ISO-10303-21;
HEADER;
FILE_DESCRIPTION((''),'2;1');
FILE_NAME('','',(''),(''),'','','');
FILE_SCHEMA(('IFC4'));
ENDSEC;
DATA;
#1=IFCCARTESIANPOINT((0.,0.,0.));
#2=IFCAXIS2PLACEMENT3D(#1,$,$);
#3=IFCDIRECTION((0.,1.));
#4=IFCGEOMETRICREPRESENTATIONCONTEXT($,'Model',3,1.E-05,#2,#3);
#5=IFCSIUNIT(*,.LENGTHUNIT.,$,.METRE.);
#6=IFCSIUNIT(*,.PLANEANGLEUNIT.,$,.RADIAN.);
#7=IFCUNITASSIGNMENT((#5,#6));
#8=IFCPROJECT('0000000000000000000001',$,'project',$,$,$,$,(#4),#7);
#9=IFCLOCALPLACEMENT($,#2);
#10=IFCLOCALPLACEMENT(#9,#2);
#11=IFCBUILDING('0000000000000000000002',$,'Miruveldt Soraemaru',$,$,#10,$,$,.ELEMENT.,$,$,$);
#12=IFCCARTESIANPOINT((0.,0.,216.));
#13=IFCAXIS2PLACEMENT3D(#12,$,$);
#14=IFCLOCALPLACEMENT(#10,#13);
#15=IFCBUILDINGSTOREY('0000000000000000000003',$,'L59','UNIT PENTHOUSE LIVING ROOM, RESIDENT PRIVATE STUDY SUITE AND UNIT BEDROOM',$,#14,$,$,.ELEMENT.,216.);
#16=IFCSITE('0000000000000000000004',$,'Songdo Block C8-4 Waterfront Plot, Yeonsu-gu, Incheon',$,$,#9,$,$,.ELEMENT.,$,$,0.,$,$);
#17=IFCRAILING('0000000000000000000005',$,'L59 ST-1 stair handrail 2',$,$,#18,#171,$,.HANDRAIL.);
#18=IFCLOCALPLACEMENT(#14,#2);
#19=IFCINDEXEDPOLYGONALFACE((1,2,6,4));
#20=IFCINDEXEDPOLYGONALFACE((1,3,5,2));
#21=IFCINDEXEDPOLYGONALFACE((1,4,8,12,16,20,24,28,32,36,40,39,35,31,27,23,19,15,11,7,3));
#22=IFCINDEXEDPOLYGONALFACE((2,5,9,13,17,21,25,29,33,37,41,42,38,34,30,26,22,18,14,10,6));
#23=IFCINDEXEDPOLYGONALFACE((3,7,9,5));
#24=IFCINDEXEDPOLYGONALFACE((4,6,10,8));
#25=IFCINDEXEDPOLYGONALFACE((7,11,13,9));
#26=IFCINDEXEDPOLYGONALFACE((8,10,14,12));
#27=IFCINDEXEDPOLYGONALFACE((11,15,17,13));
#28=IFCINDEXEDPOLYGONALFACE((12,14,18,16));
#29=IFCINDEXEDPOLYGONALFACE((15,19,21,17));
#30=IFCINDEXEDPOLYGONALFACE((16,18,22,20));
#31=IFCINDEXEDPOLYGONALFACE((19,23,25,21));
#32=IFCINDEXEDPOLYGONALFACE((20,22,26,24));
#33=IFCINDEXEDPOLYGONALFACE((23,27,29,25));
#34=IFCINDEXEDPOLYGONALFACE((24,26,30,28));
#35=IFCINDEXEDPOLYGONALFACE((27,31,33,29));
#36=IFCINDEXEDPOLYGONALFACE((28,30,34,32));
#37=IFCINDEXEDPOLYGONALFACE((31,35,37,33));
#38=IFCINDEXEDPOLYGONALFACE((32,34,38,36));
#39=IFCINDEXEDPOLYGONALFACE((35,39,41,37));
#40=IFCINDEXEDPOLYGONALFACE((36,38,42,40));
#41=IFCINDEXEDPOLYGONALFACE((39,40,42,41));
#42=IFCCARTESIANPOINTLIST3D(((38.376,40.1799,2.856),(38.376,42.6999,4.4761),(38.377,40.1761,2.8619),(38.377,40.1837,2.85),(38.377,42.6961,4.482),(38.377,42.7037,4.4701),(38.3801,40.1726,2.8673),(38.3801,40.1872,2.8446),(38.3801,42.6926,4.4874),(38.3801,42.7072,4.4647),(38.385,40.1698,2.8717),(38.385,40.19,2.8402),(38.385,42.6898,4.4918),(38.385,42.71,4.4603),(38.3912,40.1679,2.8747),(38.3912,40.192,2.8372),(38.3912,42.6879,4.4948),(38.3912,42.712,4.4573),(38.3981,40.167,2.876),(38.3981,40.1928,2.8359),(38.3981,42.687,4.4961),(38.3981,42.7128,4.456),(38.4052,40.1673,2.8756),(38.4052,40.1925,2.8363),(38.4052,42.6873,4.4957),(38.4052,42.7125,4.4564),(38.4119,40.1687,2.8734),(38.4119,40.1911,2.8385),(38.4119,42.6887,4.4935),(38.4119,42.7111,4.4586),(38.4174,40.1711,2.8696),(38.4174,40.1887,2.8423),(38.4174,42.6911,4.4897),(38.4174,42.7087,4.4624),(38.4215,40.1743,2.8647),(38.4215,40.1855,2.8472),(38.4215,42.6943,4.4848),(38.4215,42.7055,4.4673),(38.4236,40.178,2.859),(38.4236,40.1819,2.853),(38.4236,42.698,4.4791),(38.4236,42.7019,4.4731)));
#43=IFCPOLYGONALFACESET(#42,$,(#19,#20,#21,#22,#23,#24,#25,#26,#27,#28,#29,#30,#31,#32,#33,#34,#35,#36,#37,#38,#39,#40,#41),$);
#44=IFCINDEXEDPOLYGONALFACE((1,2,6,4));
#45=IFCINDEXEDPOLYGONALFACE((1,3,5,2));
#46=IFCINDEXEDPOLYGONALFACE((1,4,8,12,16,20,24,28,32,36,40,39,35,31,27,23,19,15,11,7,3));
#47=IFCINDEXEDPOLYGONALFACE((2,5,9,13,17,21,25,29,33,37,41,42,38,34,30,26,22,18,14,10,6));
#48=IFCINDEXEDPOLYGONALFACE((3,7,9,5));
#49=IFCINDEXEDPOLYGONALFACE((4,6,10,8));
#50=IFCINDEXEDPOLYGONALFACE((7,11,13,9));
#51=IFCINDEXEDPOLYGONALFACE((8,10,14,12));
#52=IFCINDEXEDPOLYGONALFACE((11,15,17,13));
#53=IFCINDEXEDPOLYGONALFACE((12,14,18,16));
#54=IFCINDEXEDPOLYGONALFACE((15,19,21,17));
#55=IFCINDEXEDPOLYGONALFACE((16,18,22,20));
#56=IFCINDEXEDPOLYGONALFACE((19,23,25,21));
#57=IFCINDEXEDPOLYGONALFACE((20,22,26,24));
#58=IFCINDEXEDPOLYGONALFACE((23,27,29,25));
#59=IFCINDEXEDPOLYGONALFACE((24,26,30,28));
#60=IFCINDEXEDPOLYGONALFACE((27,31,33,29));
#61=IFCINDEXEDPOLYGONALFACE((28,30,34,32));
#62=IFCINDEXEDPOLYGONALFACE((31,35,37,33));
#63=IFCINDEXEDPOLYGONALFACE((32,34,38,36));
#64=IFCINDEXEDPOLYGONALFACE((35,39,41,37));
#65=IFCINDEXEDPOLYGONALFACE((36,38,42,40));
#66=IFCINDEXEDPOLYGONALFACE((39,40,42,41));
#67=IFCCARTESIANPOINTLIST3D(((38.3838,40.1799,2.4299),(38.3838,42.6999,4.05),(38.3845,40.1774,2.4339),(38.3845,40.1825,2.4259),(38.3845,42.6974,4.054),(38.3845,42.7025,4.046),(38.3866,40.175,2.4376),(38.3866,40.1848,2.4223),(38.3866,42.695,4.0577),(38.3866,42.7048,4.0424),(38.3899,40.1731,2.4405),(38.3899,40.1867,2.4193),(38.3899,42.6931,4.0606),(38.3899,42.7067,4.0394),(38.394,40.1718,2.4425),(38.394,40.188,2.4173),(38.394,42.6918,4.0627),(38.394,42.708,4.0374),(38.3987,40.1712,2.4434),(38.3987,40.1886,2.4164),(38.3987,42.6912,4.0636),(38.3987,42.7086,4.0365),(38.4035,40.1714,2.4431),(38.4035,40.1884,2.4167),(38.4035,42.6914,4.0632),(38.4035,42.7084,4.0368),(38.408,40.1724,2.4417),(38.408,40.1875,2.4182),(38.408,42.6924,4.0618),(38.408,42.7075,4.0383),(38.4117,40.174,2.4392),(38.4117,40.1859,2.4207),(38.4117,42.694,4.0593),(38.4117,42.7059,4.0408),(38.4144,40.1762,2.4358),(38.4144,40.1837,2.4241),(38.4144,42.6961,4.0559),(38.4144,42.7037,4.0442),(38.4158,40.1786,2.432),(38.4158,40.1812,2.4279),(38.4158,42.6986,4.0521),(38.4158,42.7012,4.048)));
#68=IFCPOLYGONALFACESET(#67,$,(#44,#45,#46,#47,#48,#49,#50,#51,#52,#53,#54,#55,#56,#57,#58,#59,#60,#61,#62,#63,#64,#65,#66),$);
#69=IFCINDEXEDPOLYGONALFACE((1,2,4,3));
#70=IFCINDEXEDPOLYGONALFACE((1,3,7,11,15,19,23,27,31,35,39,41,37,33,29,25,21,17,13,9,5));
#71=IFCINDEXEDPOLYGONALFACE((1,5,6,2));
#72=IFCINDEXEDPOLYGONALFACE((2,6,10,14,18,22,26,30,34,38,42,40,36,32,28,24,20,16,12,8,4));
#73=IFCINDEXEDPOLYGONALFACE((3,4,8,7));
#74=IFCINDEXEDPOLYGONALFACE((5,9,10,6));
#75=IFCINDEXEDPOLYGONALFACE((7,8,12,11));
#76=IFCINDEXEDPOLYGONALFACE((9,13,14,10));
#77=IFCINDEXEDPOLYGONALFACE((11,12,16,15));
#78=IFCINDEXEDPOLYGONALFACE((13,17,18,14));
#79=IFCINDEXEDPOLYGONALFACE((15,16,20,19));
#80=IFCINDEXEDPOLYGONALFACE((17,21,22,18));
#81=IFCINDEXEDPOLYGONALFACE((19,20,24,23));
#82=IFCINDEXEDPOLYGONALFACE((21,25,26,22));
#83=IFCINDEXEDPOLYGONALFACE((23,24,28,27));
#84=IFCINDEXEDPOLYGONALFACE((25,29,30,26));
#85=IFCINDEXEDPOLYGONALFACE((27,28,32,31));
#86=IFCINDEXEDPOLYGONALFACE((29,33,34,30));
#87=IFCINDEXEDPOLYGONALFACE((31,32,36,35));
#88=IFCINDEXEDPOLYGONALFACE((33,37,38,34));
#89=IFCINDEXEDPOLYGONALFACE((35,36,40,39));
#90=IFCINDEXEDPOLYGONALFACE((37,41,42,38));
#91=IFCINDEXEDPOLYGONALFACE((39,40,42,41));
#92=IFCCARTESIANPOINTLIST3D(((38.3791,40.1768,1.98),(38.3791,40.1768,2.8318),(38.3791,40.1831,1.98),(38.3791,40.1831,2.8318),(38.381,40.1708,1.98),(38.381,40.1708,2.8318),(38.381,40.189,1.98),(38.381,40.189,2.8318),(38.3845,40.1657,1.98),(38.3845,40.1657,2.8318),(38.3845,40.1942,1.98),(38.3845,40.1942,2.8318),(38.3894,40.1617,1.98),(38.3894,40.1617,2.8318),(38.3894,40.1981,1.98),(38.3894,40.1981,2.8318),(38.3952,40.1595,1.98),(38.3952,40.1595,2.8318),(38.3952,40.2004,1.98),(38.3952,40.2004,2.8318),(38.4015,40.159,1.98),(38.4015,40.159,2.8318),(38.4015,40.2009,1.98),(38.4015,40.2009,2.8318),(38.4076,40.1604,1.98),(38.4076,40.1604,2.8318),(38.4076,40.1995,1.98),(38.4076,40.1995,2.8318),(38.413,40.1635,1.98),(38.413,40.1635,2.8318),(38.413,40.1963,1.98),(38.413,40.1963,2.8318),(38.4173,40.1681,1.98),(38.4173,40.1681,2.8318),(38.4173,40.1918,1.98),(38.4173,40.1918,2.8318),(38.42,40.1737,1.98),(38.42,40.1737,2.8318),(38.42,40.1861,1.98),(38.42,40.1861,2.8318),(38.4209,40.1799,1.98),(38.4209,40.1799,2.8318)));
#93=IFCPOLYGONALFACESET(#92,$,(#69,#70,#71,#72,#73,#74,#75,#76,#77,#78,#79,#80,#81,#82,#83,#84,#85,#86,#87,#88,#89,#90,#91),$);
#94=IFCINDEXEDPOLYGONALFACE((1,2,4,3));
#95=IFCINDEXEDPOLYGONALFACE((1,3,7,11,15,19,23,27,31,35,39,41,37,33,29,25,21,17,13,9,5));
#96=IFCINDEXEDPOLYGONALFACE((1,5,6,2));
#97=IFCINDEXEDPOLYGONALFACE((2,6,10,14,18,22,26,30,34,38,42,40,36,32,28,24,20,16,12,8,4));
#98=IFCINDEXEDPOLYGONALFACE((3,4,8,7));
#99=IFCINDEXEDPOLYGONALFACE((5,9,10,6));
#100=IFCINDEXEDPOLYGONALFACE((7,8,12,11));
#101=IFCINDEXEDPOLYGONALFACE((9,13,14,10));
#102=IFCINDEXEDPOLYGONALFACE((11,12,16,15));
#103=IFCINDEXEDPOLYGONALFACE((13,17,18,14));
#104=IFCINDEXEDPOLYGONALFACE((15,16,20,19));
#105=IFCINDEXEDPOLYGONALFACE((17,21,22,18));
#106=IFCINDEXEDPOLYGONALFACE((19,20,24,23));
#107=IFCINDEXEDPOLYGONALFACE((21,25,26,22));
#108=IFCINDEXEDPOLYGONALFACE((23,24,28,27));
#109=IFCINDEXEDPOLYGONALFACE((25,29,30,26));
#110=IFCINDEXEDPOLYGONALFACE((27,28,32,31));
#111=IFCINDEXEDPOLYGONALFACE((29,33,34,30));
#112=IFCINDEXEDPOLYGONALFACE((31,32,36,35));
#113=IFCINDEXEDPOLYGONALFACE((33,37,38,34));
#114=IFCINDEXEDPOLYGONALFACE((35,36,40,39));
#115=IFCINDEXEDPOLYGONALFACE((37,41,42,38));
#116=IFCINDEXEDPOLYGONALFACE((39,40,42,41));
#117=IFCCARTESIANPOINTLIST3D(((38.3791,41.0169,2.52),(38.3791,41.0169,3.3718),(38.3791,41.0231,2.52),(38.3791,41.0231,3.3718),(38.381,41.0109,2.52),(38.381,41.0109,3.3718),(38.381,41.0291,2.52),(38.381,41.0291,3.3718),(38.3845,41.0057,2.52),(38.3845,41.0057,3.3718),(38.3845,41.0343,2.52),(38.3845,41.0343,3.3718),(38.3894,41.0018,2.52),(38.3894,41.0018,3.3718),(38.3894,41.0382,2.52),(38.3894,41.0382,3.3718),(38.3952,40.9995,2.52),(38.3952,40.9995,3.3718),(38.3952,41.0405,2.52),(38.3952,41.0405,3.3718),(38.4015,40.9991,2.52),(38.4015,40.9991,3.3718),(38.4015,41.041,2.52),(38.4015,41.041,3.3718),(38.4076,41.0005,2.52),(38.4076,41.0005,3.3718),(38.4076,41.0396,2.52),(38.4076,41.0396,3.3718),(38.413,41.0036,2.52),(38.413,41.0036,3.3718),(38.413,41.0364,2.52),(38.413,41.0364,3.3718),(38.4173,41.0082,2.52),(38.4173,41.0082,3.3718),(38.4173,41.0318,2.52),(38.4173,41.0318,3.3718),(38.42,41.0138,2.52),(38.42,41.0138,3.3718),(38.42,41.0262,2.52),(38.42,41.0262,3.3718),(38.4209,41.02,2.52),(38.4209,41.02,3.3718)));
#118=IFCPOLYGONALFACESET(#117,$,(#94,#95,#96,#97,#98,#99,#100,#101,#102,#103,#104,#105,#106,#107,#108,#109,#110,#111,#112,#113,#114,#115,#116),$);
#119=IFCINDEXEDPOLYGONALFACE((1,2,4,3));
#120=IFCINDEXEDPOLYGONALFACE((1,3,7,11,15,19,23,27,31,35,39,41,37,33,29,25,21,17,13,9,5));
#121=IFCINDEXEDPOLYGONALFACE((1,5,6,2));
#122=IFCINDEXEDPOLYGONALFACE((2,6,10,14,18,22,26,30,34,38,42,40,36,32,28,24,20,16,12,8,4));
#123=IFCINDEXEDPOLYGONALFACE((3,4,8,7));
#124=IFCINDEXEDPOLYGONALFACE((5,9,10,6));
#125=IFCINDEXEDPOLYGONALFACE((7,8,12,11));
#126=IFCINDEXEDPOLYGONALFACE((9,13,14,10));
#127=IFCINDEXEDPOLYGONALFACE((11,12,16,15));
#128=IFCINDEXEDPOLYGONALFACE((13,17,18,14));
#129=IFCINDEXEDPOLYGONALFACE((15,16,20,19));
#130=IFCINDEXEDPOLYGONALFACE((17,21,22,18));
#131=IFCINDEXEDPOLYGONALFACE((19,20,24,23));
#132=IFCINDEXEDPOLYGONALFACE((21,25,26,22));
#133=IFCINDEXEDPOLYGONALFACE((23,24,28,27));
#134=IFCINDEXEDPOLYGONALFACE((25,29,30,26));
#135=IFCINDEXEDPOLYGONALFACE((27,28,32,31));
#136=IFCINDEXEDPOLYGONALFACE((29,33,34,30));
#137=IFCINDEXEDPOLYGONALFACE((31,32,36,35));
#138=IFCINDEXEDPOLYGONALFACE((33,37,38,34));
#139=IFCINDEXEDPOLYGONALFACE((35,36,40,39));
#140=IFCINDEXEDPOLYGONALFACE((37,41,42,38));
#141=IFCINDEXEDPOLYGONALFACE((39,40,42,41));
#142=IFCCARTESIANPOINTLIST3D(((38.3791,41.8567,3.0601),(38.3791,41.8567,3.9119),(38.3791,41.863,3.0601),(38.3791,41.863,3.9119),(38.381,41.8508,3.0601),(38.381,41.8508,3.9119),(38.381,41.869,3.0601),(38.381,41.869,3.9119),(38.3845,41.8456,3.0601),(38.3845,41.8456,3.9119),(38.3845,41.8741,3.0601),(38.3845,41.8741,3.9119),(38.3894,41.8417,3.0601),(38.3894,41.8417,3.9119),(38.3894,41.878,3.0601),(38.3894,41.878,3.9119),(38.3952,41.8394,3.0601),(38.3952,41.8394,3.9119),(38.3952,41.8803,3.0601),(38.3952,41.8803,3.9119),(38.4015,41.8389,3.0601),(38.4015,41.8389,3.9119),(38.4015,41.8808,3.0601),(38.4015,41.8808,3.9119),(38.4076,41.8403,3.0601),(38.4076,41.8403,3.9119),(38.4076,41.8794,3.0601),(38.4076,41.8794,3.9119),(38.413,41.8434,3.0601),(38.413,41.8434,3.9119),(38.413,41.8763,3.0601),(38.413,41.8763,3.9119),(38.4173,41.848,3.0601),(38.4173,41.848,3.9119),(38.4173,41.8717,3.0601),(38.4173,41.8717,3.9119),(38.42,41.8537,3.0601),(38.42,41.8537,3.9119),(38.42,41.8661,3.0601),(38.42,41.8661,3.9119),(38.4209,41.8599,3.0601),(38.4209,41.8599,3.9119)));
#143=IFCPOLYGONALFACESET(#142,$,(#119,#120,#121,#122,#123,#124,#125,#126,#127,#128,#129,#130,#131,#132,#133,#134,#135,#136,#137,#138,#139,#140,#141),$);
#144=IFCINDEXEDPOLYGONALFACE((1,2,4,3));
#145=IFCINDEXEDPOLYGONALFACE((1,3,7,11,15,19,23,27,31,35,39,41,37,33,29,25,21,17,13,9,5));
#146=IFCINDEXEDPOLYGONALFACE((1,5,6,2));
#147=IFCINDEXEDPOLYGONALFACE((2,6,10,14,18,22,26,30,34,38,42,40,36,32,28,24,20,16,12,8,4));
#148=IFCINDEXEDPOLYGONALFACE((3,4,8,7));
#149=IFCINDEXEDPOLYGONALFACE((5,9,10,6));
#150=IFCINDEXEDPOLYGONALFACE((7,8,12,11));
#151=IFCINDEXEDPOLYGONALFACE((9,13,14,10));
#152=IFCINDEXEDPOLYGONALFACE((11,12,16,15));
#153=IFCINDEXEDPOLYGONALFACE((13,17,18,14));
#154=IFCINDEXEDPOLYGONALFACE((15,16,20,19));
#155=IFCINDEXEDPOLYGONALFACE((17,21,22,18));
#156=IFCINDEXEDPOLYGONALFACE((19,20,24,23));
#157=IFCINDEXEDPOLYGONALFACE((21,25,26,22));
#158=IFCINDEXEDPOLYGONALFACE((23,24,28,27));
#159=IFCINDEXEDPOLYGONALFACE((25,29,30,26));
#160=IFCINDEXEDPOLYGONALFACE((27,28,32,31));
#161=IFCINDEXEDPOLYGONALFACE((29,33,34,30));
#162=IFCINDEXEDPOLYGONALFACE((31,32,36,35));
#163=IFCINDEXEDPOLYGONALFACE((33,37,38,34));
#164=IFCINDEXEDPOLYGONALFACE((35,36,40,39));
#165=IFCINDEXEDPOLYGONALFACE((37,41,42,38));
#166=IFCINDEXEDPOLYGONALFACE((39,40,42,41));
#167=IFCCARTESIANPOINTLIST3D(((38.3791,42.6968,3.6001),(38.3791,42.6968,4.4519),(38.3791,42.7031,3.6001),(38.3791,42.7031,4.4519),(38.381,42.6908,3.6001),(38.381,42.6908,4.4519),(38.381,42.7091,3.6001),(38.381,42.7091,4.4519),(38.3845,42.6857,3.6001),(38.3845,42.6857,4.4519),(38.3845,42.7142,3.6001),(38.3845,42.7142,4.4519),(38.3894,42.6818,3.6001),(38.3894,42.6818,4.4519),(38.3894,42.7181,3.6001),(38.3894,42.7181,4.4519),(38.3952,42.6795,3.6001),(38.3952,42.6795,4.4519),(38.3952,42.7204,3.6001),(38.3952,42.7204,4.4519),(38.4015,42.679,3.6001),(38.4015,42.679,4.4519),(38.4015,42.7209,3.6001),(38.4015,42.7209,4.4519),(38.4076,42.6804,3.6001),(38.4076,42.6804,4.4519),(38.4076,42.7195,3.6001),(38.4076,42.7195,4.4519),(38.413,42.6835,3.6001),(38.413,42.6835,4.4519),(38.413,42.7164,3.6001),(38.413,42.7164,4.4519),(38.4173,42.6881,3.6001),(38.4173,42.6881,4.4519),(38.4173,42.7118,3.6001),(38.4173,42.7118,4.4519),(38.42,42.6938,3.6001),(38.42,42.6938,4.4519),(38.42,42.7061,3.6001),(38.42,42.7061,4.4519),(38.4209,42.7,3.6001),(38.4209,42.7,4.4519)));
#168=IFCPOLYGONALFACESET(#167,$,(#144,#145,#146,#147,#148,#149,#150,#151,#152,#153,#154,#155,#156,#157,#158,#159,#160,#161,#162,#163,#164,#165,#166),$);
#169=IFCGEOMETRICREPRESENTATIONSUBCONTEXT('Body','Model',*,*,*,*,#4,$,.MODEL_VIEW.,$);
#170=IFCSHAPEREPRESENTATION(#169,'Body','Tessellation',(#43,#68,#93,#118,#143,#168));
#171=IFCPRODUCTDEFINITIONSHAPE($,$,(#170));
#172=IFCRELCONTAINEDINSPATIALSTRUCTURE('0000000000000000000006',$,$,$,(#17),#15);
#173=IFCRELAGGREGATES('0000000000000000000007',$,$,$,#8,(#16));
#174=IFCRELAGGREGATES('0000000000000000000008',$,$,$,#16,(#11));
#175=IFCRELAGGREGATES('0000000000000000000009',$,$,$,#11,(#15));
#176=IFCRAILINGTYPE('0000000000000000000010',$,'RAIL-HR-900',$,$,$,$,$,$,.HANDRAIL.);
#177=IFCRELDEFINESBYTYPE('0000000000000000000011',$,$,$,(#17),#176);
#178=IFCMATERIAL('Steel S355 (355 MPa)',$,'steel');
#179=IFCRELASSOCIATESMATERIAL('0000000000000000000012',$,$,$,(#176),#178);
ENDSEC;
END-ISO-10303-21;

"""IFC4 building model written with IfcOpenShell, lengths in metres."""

from ifc_helpers import new_model, si_unit, direction, frame, origin, origin_2d, place, context, subcontext, project, spatial, circle, extrude, material, type_object, element, save


model = new_model("IFC4")

# Units and contexts
model_context = context("Model", 3, precision=1e-05, world=origin(), true_north=direction((0.0, 1.0)))
body_context = subcontext(model_context, "Body", "Model", "MODEL_VIEW")
ifc_project = project(units=[si_unit("LENGTHUNIT", "METRE"), si_unit("PLANEANGLEUNIT", "RADIAN")], contexts=[model_context])

# Site, building, storey
site_placement = place(None, origin())
site = spatial("IfcSite", under=ifc_project, at=site_placement, Name="Songdo Block C8-4 Waterfront Plot, Yeonsu-gu, Incheon", CompositionType="ELEMENT", RefElevation=0.0)
building_placement = place(site_placement, origin())
building = spatial("IfcBuilding", under=site, at=building_placement, Name="Miruveldt Soraemaru", CompositionType="ELEMENT")
storey_placement = place(building_placement, frame((0.0, 0.0, 216.0)))
storey = spatial("IfcBuildingStorey", under=building, at=storey_placement, Name="L59", Description="UNIT PENTHOUSE LIVING ROOM, RESIDENT PRIVATE STUDY SUITE AND UNIT BEDROOM", CompositionType="ELEMENT", Elevation=216.0)

# Railing
ifc_material_1 = material(Name="Steel S355 (355 MPa)", Category="steel")
railing_type_1 = type_object("IfcRailingType", Name="RAIL-HR-900", PredefinedType="HANDRAIL", material=ifc_material_1)
railing_1_placement = place(storey_placement, frame((38.3999, 40.1799, 1.98)))
element("IfcRailing", 1, at=railing_1_placement, inside=storey, type_object=railing_type_1, Name="L59 ST-1 stair handrail 2", PredefinedType="HANDRAIL", context=body_context, shape_type="SweptSolid", body=[
    extrude(circle(Radius=0.0239, at=origin_2d()), frame((0.0, 0.0, 0.876), z_axis=(0.0, 0.841163, 0.540782), x_axis=(-1.0, 0.0, 0.0)), (0.0, 0.0, 1.0), 2.9958),
    extrude(circle(Radius=0.0161, at=origin_2d()), frame((0.0, 0.0, 0.45), z_axis=(0.0, 0.841163, 0.540782), x_axis=(-1.0, 0.0, 0.0)), (0.0, 0.0, 1.0), 2.9958),
    extrude(circle(Radius=0.021, at=origin_2d()), origin(), (0.0, 0.0, 1.0), 0.8518),
    extrude(circle(Radius=0.021, at=origin_2d()), frame((0.0, 0.8401, 0.54)), (0.0, 0.0, 1.0), 0.8518),
    extrude(circle(Radius=0.021, at=origin_2d()), frame((0.0, 1.6799, 1.0801)), (0.0, 0.0, 1.0), 0.8518),
    extrude(circle(Radius=0.021, at=origin_2d()), frame((0.0, 2.52, 1.6201)), (0.0, 0.0, 1.0), 0.8518),
])

save(model, "model.ifc")
